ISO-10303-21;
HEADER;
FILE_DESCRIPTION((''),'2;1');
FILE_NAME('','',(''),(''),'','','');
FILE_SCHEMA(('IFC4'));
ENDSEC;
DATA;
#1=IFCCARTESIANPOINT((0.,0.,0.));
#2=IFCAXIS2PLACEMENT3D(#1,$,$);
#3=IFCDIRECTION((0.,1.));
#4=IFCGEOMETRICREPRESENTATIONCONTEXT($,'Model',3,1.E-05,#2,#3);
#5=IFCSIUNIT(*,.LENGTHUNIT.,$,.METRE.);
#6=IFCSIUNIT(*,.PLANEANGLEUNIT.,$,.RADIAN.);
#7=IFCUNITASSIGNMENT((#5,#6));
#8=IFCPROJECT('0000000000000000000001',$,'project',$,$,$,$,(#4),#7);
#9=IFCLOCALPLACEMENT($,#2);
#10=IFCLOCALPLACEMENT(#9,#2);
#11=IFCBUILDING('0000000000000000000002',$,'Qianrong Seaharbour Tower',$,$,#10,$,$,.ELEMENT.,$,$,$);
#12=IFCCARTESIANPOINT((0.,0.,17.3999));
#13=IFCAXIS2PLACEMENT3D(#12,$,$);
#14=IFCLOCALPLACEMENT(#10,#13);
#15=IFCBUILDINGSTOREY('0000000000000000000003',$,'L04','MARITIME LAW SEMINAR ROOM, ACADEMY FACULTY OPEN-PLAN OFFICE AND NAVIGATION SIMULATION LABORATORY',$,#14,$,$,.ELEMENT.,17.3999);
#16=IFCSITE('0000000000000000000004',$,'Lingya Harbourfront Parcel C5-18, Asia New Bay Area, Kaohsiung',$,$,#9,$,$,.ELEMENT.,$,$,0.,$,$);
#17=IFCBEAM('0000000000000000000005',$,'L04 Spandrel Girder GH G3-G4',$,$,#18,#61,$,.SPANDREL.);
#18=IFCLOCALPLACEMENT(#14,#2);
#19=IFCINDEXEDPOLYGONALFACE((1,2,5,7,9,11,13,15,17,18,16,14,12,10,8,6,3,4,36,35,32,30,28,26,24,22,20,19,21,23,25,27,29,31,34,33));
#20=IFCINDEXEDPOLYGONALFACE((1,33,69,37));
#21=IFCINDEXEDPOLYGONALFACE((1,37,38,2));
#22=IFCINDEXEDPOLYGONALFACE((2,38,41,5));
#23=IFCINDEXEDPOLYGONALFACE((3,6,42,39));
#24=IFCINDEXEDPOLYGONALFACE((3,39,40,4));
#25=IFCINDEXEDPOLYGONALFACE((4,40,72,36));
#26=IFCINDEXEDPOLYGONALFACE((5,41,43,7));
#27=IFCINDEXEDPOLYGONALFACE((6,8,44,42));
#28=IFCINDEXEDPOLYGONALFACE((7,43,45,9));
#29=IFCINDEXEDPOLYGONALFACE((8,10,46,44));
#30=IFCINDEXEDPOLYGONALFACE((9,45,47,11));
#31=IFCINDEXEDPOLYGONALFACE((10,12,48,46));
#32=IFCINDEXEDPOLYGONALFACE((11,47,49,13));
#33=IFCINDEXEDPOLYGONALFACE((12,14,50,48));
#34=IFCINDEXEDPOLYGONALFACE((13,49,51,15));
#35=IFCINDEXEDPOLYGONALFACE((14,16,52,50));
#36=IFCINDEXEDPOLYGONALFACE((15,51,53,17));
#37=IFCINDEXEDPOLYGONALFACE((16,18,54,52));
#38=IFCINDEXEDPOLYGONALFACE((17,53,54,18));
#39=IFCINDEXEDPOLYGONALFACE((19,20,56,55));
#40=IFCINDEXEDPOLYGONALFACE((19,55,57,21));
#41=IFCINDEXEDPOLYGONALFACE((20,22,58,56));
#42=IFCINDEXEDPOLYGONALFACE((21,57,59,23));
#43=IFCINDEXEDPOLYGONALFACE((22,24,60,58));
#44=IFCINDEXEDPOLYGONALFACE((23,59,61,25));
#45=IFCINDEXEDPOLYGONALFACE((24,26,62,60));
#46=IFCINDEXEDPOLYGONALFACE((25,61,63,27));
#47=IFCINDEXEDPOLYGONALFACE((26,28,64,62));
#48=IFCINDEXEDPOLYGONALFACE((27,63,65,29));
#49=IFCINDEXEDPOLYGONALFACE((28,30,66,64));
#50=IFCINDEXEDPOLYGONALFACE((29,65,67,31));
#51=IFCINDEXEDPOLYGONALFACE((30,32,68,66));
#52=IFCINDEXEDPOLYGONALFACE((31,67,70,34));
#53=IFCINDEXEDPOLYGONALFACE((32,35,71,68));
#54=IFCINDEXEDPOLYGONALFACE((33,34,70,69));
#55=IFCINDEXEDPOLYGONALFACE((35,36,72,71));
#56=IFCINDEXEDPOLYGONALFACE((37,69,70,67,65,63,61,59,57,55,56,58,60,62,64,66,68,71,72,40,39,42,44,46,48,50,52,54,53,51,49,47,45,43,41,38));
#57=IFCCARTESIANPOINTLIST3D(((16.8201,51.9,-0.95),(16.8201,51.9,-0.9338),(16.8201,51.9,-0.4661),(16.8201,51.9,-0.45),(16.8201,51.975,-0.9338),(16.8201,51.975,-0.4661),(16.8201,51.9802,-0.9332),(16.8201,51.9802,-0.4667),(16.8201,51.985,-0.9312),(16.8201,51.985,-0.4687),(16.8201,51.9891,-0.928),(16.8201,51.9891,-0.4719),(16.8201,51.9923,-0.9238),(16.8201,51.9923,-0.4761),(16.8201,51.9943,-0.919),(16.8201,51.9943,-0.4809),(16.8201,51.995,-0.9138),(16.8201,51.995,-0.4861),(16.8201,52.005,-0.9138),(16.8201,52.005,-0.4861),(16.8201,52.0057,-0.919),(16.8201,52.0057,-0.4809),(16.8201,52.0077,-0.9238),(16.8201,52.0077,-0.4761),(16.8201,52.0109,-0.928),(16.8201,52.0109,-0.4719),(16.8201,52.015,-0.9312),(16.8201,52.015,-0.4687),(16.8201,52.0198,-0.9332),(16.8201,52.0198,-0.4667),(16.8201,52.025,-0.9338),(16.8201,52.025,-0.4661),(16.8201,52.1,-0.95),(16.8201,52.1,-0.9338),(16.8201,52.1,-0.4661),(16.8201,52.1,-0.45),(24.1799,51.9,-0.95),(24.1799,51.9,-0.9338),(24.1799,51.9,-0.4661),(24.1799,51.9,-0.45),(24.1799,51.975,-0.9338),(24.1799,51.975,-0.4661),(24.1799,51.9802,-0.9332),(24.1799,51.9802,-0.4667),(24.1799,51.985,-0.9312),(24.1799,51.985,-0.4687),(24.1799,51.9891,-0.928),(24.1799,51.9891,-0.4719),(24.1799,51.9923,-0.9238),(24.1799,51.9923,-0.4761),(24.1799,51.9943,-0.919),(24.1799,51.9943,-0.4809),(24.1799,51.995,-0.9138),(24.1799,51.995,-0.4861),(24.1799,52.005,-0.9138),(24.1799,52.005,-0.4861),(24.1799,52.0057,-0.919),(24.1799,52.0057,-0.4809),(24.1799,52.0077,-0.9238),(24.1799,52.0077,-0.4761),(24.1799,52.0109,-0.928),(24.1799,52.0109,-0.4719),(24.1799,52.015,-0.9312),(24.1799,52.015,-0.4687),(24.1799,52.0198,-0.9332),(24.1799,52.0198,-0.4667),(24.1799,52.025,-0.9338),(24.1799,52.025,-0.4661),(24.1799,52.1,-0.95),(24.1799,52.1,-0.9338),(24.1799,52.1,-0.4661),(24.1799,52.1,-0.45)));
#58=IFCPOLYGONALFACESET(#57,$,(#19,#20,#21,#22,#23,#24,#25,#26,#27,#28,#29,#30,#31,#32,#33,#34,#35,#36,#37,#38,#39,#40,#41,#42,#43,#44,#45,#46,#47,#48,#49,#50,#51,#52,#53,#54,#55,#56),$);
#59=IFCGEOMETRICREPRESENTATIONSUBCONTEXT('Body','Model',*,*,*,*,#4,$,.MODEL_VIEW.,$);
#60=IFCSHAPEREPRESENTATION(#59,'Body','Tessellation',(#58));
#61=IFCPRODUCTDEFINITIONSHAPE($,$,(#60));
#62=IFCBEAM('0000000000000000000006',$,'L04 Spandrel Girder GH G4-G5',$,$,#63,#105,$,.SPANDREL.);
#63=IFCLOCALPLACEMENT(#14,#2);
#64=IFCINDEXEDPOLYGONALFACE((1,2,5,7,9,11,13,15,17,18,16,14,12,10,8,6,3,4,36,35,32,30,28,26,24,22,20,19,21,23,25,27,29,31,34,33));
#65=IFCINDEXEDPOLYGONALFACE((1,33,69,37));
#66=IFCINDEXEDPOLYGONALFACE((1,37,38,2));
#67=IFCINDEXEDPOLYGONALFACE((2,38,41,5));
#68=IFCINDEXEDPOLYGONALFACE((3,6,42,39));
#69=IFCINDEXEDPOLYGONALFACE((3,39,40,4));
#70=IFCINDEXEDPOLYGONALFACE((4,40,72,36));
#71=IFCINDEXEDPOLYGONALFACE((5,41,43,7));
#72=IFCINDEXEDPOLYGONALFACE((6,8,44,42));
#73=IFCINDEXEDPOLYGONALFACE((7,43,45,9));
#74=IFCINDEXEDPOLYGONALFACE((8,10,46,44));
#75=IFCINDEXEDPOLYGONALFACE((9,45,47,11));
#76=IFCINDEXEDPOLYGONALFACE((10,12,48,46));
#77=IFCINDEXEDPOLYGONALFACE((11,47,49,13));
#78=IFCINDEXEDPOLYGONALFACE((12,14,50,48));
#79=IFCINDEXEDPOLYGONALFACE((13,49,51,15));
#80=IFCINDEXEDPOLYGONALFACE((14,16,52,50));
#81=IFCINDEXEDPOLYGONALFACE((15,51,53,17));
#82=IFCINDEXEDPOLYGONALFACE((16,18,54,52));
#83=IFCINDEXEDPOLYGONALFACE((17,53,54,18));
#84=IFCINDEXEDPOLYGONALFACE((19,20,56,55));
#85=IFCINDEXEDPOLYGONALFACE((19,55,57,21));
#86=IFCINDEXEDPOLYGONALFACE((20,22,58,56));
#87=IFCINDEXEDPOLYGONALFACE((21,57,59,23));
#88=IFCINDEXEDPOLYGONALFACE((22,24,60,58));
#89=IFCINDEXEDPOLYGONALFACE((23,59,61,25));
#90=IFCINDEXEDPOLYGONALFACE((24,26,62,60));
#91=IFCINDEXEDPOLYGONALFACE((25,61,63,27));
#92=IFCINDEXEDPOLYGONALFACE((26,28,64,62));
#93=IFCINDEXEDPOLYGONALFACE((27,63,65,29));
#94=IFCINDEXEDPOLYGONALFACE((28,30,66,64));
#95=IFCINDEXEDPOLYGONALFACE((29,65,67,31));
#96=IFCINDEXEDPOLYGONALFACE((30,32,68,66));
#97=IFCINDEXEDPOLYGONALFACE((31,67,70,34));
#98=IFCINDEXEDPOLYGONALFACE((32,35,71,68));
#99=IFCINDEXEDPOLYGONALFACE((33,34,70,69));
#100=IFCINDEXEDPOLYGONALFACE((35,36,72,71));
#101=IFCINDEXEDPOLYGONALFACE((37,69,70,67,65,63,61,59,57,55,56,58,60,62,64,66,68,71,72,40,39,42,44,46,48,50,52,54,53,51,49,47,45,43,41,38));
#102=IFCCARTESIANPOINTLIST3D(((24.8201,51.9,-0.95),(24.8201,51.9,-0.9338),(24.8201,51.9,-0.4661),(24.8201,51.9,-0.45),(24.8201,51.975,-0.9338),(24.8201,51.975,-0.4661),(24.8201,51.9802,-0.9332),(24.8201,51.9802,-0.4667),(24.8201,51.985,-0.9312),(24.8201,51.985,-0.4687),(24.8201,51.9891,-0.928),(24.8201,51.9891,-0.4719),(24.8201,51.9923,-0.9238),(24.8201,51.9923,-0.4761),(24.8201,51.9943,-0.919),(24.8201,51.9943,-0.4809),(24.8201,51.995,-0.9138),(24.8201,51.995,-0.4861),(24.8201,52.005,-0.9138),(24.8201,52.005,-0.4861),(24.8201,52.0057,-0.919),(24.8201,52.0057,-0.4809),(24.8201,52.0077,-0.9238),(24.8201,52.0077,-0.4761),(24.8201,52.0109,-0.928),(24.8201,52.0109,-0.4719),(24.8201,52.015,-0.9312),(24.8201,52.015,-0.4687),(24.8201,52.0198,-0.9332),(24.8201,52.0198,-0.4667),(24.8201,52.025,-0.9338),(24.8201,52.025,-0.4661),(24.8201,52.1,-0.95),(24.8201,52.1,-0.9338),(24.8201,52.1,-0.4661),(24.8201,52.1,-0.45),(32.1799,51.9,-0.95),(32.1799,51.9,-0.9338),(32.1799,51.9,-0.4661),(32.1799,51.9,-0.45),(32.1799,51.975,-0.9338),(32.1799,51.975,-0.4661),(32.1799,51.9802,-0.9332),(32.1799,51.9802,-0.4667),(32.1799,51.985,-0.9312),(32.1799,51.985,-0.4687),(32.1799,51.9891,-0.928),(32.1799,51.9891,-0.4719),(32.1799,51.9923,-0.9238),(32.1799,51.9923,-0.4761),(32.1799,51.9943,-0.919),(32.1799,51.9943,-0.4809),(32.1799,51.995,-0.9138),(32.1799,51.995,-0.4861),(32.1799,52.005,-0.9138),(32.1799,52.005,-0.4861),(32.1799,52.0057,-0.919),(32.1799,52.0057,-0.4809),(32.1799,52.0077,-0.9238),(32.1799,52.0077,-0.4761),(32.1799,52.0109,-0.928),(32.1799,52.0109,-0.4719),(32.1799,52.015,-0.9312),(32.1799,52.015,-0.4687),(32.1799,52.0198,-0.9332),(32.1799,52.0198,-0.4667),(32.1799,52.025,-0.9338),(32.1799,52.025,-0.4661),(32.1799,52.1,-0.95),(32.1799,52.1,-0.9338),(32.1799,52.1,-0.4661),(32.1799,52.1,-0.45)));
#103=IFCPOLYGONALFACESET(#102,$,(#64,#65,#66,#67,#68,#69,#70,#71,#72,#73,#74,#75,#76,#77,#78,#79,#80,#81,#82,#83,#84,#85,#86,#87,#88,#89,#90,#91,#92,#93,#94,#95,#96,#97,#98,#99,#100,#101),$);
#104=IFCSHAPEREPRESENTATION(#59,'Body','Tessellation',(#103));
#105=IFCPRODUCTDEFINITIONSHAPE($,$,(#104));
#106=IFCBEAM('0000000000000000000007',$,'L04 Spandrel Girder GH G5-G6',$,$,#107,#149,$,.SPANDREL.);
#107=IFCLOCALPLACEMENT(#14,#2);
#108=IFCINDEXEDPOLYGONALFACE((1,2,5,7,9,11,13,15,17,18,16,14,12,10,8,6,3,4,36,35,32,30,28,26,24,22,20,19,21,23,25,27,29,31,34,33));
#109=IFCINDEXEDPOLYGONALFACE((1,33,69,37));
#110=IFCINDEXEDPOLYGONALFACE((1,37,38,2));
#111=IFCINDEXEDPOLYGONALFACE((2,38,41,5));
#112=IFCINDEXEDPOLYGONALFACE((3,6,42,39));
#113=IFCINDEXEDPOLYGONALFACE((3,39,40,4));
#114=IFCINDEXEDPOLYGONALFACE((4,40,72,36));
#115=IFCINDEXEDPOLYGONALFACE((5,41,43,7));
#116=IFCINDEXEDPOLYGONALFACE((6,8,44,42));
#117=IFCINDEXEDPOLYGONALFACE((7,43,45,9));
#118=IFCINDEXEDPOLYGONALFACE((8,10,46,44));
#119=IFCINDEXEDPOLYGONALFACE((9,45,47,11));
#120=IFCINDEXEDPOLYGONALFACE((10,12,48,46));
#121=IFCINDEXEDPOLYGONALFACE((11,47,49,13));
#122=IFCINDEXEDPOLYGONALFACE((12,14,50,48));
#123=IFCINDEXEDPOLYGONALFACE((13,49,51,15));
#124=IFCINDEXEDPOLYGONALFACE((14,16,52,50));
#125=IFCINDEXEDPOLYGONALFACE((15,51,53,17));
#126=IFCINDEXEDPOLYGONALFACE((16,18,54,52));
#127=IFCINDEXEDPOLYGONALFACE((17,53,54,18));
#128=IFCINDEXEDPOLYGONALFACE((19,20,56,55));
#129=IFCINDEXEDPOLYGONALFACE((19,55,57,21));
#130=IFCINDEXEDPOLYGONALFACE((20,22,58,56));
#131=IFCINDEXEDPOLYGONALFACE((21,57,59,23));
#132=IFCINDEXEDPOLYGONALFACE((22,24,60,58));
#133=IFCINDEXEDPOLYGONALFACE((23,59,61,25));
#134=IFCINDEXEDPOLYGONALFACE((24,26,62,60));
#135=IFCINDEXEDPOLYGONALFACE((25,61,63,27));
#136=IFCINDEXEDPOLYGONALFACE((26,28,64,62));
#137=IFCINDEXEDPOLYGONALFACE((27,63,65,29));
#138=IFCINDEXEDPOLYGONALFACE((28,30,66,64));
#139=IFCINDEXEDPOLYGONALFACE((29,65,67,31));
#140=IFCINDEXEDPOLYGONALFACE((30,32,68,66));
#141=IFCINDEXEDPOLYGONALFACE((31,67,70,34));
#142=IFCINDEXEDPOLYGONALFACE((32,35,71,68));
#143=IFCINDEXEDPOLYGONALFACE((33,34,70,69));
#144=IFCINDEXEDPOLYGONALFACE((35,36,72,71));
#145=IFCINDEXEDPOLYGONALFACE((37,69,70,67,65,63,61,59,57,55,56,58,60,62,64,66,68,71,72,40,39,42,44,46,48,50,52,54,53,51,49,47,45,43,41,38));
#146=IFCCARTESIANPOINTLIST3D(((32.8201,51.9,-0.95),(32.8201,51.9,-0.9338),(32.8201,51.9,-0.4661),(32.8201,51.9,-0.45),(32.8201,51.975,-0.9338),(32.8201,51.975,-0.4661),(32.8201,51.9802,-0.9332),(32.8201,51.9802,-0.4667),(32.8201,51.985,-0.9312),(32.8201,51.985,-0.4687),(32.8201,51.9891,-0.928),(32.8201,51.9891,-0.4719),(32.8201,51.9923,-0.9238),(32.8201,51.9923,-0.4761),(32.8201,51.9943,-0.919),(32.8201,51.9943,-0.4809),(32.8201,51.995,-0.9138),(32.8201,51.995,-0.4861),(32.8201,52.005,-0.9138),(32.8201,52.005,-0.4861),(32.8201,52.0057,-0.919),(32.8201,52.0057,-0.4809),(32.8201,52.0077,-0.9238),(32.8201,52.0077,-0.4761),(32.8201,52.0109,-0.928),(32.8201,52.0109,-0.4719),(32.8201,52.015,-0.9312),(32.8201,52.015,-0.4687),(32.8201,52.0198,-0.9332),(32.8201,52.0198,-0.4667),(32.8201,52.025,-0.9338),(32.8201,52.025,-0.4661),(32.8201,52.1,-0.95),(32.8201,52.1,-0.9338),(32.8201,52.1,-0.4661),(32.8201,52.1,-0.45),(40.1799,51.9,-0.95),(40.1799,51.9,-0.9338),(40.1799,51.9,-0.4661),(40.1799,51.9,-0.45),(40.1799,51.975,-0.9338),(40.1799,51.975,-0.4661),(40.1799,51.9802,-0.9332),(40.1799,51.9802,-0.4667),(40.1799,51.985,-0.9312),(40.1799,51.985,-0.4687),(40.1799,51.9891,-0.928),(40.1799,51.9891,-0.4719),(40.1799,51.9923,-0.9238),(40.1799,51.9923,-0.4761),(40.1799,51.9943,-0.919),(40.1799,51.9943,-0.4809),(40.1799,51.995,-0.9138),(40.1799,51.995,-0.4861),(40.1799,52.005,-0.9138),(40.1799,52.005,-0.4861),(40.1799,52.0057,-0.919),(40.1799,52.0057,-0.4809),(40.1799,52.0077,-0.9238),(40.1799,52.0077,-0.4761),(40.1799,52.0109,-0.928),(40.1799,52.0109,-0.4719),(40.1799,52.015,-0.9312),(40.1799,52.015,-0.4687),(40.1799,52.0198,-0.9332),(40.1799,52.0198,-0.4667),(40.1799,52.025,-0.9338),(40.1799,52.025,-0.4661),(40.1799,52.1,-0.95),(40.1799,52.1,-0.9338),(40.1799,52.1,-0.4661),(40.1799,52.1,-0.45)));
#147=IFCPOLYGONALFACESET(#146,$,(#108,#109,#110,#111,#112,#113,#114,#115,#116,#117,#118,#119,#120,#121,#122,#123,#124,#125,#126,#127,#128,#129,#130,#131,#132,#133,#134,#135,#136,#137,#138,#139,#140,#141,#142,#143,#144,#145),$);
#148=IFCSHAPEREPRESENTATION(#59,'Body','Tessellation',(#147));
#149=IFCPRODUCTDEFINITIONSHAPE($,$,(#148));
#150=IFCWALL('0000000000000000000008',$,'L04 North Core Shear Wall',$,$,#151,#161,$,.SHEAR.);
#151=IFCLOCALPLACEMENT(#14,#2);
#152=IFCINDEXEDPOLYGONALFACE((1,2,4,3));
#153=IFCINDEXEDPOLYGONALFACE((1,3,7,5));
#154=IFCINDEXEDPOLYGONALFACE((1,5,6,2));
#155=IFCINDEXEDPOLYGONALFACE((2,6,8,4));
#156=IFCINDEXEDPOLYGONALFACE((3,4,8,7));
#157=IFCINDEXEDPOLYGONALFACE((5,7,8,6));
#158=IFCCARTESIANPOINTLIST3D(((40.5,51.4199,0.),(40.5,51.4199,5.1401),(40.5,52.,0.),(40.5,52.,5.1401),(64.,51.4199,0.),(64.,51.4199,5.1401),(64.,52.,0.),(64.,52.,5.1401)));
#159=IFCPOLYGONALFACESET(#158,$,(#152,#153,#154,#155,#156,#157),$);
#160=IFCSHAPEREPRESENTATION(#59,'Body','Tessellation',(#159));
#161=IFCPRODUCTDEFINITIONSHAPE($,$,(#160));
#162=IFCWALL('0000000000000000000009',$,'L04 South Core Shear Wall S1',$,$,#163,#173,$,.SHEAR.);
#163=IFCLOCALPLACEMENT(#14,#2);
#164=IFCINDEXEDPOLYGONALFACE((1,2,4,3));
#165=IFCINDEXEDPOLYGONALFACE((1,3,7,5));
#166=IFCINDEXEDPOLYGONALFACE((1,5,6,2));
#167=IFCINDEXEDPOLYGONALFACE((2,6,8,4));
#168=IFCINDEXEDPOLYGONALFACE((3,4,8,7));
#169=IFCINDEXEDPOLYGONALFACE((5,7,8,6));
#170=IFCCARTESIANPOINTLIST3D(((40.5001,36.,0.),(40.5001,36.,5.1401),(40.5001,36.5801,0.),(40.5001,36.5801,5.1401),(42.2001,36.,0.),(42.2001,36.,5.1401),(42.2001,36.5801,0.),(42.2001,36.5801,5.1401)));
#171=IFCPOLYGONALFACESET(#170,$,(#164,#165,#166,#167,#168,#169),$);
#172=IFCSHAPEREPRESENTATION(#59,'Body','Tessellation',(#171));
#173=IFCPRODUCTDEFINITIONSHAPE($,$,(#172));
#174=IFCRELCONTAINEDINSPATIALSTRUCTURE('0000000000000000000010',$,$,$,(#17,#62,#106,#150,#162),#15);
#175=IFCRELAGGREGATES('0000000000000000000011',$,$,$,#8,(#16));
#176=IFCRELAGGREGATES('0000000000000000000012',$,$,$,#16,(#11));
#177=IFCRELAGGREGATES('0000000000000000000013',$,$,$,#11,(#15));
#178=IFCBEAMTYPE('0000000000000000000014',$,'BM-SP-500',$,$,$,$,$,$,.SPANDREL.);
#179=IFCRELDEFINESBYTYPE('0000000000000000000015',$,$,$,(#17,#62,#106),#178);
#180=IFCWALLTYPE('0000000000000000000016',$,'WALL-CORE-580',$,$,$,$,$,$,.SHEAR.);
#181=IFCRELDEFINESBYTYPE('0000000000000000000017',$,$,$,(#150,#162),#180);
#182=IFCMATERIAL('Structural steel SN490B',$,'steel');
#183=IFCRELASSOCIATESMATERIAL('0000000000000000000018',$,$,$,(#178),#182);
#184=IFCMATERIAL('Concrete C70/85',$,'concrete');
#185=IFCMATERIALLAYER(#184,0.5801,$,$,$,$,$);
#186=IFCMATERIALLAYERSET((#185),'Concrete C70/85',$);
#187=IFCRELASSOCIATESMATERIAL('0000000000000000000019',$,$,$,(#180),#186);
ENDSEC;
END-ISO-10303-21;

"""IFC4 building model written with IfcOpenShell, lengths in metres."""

from ifc_helpers import new_model, si_unit, direction, frame, frame_2d, origin, origin_2d, place, context, subcontext, project, spatial, rectangle, i_section, extrude, material, layer, layer_set, material_profile, profile_set, type_object, element, save


model = new_model("IFC4")

# Units and contexts
model_context = context("Model", 3, precision=1e-05, world=origin(), true_north=direction((0.0, 1.0)))
body_context = subcontext(model_context, "Body", "Model", "MODEL_VIEW")
ifc_project = project(units=[si_unit("LENGTHUNIT", "METRE"), si_unit("PLANEANGLEUNIT", "RADIAN")], contexts=[model_context])

# Site, building, storey
site_placement = place(None, origin())
site = spatial("IfcSite", under=ifc_project, at=site_placement, Name="Lingya Harbourfront Parcel C5-18, Asia New Bay Area, Kaohsiung", CompositionType="ELEMENT", RefElevation=0.0)
building_placement = place(site_placement, origin())
building = spatial("IfcBuilding", under=site, at=building_placement, Name="Qianrong Seaharbour Tower", CompositionType="ELEMENT")
storey_placement = place(building_placement, frame((0.0, 0.0, 17.3999)))
storey = spatial("IfcBuildingStorey", under=building, at=storey_placement, Name="L04", Description="MARITIME LAW SEMINAR ROOM, ACADEMY FACULTY OPEN-PLAN OFFICE AND NAVIGATION SIMULATION LABORATORY", CompositionType="ELEMENT", Elevation=17.3999)

# Shared definitions
ifc_material_1 = material(Name="Structural steel SN490B", Category="steel")
ifc_material_2 = material(Name="Concrete C70/85", Category="concrete")

# Beams
ifc_material_profile_1 = material_profile(ifc_material_1, i_section(OverallWidth=0.2, OverallDepth=0.5, WebThickness=0.01, FlangeThickness=0.0161, FilletRadius=0.02, at=origin_2d()), Name="H500x200x10x16")
ifc_profile_set_1 = profile_set([ifc_material_profile_1], Name="Structural steel SN490B")
beam_type_1 = type_object("IfcBeamType", Name="BM-SP-500", PredefinedType="SPANDREL", material=ifc_profile_set_1)
for number, where, z_axis, x_axis, name in (
    (1, (16.8201, 52.0, -0.7), (1.0, 0.0, 0.0), (0.0, 1.0, 0.0), "L04 Spandrel Girder GH G3-G4"),
    (2, (24.8201, 52.0, -0.7), (1.0, 0.0, 0.0), (0.0, 1.0, 0.0), "L04 Spandrel Girder GH G4-G5"),
    (3, (32.8201, 52.0, -0.7), (1.0, 0.0, 0.0), (0.0, 1.0, 0.0), "L04 Spandrel Girder GH G5-G6"),
):
    element("IfcBeam", number, at=place(storey_placement, frame(where, z_axis=z_axis, x_axis=x_axis)), inside=storey, type_object=beam_type_1, Name=name, PredefinedType="SPANDREL", context=body_context, shape_type="SweptSolid", body=[
        extrude(i_section(OverallWidth=0.2, OverallDepth=0.5, WebThickness=0.01, FlangeThickness=0.0161, FilletRadius=0.02, at=origin_2d()), origin(), (0.0, 0.0, 1.0), 7.3599),
    ])

# Walls
ifc_layer_1 = layer(ifc_material_2, 0.5801)
ifc_layer_set_1 = layer_set([ifc_layer_1], Name="Concrete C70/85")
wall_type_1 = type_object("IfcWallType", Name="WALL-CORE-580", PredefinedType="SHEAR", material=ifc_layer_set_1)
wall_1_placement = place(storey_placement, frame((40.5, 51.71, 0.0), z_axis=(0.0, 0.0, 1.0), x_axis=(1.0, 0.0, 0.0)))
element("IfcWall", 4, at=wall_1_placement, inside=storey, type_object=wall_type_1, Name="L04 North Core Shear Wall", PredefinedType="SHEAR", context=body_context, shape_type="SweptSolid", body=[
    extrude(rectangle(XDim=23.5, YDim=0.5801, at=frame_2d((11.75, 0.0))), origin(), (0.0, 0.0, 1.0), 5.1401),
])
wall_2_placement = place(storey_placement, frame((40.5, 36.29, 0.0), z_axis=(0.0, 0.0, 1.0), x_axis=(1.0, 0.0, 0.0)))
element("IfcWall", 5, at=wall_2_placement, inside=storey, type_object=wall_type_1, Name="L04 South Core Shear Wall S1", PredefinedType="SHEAR", context=body_context, shape_type="SweptSolid", body=[
    extrude(rectangle(XDim=1.7, YDim=0.5801, at=frame_2d((0.8501, 0.0))), origin(), (0.0, 0.0, 1.0), 5.1401),
])

save(model, "model.ifc")
